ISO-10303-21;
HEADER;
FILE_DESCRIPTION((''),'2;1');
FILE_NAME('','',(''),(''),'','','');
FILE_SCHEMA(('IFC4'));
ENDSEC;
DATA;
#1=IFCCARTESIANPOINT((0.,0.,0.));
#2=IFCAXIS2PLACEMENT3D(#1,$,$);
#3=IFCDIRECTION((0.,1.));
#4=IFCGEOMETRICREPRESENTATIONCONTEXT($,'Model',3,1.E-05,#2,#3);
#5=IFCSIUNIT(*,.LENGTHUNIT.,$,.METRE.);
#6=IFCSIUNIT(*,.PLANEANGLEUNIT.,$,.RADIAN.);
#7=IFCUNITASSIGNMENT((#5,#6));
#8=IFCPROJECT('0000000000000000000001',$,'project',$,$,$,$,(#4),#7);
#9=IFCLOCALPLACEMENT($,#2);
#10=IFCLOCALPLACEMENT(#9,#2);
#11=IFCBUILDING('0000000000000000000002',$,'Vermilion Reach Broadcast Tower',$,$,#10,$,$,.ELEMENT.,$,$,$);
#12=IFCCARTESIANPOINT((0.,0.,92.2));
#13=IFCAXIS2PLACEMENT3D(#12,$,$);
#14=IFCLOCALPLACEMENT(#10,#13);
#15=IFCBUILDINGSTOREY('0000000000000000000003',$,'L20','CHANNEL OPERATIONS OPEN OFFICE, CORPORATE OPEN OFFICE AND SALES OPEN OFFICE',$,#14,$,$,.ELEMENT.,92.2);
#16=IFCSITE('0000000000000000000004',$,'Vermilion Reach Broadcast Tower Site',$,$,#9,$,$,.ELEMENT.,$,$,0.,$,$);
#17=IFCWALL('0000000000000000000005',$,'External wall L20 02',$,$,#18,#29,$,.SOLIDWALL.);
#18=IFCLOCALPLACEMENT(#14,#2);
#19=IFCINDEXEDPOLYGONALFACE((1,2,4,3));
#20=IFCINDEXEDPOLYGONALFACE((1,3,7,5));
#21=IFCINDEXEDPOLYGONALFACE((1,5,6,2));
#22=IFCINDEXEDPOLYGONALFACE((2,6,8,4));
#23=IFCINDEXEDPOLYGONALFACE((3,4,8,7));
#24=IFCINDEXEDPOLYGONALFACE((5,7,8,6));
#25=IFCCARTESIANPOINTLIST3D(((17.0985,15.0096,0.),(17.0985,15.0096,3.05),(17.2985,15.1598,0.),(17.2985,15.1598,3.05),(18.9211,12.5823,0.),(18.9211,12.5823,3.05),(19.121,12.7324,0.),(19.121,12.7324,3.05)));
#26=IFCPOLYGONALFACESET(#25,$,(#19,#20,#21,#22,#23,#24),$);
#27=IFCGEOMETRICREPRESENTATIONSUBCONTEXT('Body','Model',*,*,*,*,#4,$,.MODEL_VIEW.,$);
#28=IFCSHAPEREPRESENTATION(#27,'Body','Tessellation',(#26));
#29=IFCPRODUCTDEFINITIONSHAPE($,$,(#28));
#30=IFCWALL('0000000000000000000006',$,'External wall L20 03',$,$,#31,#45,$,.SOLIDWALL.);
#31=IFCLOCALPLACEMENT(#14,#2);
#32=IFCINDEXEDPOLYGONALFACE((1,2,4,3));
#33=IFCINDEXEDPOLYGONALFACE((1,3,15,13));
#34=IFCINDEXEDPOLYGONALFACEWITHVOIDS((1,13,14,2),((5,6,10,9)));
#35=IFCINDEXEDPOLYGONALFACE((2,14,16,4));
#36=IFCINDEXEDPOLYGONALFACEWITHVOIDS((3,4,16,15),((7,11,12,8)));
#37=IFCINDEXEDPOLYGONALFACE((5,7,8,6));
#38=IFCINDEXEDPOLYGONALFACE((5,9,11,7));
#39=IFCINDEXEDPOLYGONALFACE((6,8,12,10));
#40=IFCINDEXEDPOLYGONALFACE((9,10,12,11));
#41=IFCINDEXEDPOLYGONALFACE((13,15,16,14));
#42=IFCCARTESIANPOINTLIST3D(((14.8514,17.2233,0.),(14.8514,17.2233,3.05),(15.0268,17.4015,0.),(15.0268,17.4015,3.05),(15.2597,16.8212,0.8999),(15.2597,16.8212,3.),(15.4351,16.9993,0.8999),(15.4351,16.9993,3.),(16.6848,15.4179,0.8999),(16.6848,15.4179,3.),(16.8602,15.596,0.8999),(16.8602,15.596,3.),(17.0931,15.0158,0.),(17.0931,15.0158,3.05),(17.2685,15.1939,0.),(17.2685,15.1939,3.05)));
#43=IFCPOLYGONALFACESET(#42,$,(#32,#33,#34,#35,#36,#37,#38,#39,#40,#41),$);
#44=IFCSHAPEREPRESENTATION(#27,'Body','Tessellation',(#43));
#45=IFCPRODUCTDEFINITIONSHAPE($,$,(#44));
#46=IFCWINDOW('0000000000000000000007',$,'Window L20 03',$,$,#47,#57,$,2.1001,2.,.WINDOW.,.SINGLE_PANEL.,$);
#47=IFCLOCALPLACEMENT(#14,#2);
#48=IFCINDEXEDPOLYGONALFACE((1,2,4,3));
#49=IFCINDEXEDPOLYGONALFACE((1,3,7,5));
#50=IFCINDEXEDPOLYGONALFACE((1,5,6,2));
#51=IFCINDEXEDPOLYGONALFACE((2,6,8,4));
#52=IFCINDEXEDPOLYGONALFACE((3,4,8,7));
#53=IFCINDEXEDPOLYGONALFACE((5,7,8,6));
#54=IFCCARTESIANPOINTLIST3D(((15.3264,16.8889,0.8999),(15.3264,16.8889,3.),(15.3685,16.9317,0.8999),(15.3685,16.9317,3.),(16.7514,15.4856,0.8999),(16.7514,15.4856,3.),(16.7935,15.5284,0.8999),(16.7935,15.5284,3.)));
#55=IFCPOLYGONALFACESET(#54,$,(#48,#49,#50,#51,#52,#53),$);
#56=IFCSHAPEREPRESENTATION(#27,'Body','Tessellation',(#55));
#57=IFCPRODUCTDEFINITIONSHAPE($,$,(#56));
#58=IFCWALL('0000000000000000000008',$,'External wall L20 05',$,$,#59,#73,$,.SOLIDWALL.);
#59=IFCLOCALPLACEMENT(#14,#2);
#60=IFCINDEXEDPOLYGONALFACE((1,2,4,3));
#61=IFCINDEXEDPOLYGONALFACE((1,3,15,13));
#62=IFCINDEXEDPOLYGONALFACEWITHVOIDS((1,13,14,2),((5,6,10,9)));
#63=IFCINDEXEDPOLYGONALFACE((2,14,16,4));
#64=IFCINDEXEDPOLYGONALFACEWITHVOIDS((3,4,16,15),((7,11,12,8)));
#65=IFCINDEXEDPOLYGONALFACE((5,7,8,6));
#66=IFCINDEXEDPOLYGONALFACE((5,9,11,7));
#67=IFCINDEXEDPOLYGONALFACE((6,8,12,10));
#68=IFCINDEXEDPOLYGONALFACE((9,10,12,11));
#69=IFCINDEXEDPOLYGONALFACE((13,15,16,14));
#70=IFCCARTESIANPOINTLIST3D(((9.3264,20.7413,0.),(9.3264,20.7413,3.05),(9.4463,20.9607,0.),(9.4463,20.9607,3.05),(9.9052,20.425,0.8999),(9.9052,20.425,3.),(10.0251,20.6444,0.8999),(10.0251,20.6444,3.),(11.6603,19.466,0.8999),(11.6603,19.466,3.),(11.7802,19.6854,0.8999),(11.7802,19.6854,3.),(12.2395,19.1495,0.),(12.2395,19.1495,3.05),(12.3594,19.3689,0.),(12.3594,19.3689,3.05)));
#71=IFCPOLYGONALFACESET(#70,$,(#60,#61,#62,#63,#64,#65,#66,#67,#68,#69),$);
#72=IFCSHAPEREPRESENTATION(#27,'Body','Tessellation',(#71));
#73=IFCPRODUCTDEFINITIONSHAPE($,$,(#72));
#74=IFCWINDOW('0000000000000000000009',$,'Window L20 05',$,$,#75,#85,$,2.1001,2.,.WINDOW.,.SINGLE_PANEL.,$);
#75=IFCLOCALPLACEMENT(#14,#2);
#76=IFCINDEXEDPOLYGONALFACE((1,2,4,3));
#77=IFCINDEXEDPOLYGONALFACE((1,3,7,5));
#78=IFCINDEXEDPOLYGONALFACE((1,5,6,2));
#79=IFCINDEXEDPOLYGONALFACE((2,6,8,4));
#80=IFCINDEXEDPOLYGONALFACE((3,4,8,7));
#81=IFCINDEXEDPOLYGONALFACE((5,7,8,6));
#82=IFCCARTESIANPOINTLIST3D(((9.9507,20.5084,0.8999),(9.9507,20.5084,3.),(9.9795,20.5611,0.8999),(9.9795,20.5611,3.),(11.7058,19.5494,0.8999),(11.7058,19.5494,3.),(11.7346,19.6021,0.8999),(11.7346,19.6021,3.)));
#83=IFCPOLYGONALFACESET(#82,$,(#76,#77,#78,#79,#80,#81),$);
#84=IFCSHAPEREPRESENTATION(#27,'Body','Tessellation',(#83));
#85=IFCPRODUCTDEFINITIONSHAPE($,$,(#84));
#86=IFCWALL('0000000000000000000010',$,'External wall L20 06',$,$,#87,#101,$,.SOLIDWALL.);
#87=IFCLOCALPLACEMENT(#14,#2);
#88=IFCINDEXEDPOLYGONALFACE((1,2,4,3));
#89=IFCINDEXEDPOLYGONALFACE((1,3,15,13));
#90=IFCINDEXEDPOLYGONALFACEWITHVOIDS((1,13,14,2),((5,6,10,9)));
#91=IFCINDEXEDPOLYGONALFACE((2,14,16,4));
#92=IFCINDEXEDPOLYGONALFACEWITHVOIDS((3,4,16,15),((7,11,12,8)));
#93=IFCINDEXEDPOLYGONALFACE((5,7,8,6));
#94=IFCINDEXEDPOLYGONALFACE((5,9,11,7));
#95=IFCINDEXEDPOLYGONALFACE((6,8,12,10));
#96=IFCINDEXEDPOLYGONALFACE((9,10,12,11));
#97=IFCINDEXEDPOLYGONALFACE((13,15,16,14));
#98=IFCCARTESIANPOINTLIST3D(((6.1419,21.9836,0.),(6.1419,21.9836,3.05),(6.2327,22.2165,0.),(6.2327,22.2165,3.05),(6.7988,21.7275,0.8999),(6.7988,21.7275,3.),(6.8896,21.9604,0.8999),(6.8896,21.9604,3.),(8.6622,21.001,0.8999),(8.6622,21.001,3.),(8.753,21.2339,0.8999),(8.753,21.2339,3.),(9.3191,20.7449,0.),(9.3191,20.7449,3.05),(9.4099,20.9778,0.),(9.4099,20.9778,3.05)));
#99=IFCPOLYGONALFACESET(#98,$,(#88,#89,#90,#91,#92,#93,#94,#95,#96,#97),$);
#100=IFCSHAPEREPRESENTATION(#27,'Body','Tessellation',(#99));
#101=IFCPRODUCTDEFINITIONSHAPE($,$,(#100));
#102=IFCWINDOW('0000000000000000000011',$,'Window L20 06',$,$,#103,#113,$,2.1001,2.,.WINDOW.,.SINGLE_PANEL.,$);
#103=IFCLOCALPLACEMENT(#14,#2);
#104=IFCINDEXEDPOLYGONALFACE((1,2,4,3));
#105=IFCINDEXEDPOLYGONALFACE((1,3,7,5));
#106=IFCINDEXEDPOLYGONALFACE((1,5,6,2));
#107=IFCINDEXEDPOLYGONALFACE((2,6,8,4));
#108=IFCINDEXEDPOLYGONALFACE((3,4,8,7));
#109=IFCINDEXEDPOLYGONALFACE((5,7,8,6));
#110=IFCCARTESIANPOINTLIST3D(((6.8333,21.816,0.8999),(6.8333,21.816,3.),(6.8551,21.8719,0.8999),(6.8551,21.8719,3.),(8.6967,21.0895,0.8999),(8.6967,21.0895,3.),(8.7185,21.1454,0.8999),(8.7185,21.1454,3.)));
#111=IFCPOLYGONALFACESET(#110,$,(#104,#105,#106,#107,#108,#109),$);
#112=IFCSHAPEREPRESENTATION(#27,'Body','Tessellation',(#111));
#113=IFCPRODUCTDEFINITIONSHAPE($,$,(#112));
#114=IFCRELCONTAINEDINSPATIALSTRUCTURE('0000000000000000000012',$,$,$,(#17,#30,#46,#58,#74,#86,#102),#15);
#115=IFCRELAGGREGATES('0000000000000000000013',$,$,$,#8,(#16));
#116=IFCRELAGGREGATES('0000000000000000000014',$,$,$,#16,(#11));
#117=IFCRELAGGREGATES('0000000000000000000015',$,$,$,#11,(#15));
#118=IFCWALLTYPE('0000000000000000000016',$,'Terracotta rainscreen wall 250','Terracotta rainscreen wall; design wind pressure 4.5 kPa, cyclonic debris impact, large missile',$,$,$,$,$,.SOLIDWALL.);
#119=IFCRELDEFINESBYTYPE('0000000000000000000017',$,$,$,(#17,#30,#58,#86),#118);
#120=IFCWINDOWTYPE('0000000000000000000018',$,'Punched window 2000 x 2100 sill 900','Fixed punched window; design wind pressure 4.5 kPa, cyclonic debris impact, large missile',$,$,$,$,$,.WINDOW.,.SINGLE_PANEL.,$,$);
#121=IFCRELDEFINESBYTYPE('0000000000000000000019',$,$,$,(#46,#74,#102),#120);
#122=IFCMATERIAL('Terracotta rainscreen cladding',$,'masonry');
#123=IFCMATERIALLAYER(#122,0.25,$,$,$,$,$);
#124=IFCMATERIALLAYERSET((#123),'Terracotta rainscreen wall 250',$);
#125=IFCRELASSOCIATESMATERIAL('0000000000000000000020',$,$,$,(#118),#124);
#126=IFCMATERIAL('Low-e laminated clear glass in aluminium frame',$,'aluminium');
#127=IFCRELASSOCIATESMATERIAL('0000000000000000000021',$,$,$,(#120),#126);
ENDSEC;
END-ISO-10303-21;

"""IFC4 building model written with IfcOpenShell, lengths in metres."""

from ifc_helpers import new_model, si_unit, direction, frame, frame_2d, origin, place, context, subcontext, project, spatial, rectangle, extrude, material, layer, layer_set, type_object, element, fill, save


model = new_model("IFC4")

# Units and contexts
model_context = context("Model", 3, precision=1e-05, world=origin(), true_north=direction((0.0, 1.0)))
body_context = subcontext(model_context, "Body", "Model", "MODEL_VIEW")
ifc_project = project(units=[si_unit("LENGTHUNIT", "METRE"), si_unit("PLANEANGLEUNIT", "RADIAN")], contexts=[model_context])

# Site, building, storey
site_placement = place(None, origin())
site = spatial("IfcSite", under=ifc_project, at=site_placement, Name="Vermilion Reach Broadcast Tower Site", CompositionType="ELEMENT", RefElevation=0.0)
building_placement = place(site_placement, origin())
building = spatial("IfcBuilding", under=site, at=building_placement, Name="Vermilion Reach Broadcast Tower", CompositionType="ELEMENT")
storey_placement = place(building_placement, frame((0.0, 0.0, 92.2)))
storey = spatial("IfcBuildingStorey", under=building, at=storey_placement, Name="L20", Description="CHANNEL OPERATIONS OPEN OFFICE, CORPORATE OPEN OFFICE AND SALES OPEN OFFICE", CompositionType="ELEMENT", Elevation=92.2)

# Wall
ifc_material_1 = material(Name="Terracotta rainscreen cladding", Category="masonry")
ifc_layer_1 = layer(ifc_material_1, 0.25)
ifc_layer_set_1 = layer_set([ifc_layer_1], Name="Terracotta rainscreen wall 250")
wall_type = type_object("IfcWallType", Name="Terracotta rainscreen wall 250", Description="Terracotta rainscreen wall; design wind pressure 4.5 kPa, cyclonic debris impact, large missile", PredefinedType="SOLIDWALL", material=ifc_layer_set_1)
wall_1_placement = place(storey_placement, frame((19.021, 12.6575, 0.0), z_axis=(0.0, 0.0, 1.0), x_axis=(-0.600437, 0.799672, 0.0)))
element("IfcWall", 1, at=wall_1_placement, inside=storey, type_object=wall_type, Name="External wall L20 02", PredefinedType="SOLIDWALL", context=body_context, shape_type="SweptSolid", body=[
    extrude(rectangle(XDim=3.0354, YDim=0.25, at=frame_2d((1.5176, 0.0))), origin(), (0.0, 0.0, 1.0), 3.05),
])

# Wall, opening, window
wall_2_placement = place(storey_placement, frame((17.1809, 15.1047, 0.0), z_axis=(0.0, 0.0, 1.0), x_axis=(-0.712518, 0.701654, 0.0)))
wall_2 = element("IfcWall", 2, at=wall_2_placement, inside=storey, type_object=wall_type, Name="External wall L20 03", PredefinedType="SOLIDWALL", context=body_context, shape_type="SweptSolid", body=[
    extrude(rectangle(XDim=3.1462, YDim=0.25, at=frame_2d((1.5732, 0.0))), origin(), (0.0, 0.0, 1.0), 3.05),
])
opening_1_placement = place(wall_2_placement, frame((0.5732, 0.0, 0.8999)))
opening_1 = element("IfcOpeningElement", 3, at=opening_1_placement, cuts=wall_2, PredefinedType="OPENING", context=body_context, shape_type="SweptSolid", body=[
    extrude(rectangle(XDim=2.0, YDim=2.1001, at=frame_2d((1.0, 1.05))), frame((0.0, 0.135, 0.0), z_axis=(0.0, -1.0, 0.0), x_axis=(1.0, 0.0, 0.0)), (0.0, 0.0, 1.0), 0.27),
])
ifc_material_2 = material(Name="Low-e laminated clear glass in aluminium frame", Category="aluminium")
window_type = type_object("IfcWindowType", Name="Punched window 2000 x 2100 sill 900", Description="Fixed punched window; design wind pressure 4.5 kPa, cyclonic debris impact, large missile", PartitioningType="SINGLE_PANEL", PredefinedType="WINDOW", material=ifc_material_2)
window_1_placement = place(opening_1_placement, origin())
window_1 = element("IfcWindow", 4, at=window_1_placement, inside=storey, type_object=window_type, Name="Window L20 03", OverallHeight=2.1001, OverallWidth=2.0, PartitioningType="SINGLE_PANEL", PredefinedType="WINDOW", context=body_context, shape_type="SweptSolid", body=[
    extrude(rectangle(XDim=2.0, YDim=2.1001, at=frame_2d((1.0, 1.05))), frame((0.0, 0.03, 0.0), z_axis=(0.0, -1.0, 0.0), x_axis=(1.0, 0.0, 0.0)), (0.0, 0.0, 1.0), 0.0601),
])
fill(opening_1, window_1)

# Walls, openings, windows
wall_3_placement = place(storey_placement, frame((12.2993, 19.2593, 0.0), z_axis=(0.0, 0.0, 1.0), x_axis=(-0.877536, 0.479512, 0.0)))
wall_3 = element("IfcWall", 5, at=wall_3_placement, inside=storey, type_object=wall_type, Name="External wall L20 05", PredefinedType="SOLIDWALL", context=body_context, shape_type="SweptSolid", body=[
    extrude(rectangle(XDim=3.3196, YDim=0.25, at=frame_2d((1.6597, 0.0))), origin(), (0.0, 0.0, 1.0), 3.05),
])
opening_2_placement = place(wall_3_placement, frame((0.6599, 0.0, 0.8999)))
opening_2 = element("IfcOpeningElement", 6, at=opening_2_placement, cuts=wall_3, PredefinedType="OPENING", context=body_context, shape_type="SweptSolid", body=[
    extrude(rectangle(XDim=2.0, YDim=2.1001, at=frame_2d((1.0, 1.05))), frame((0.0, 0.135, 0.0), z_axis=(0.0, -1.0, 0.0), x_axis=(1.0, 0.0, 0.0)), (0.0, 0.0, 1.0), 0.27),
])
window_2_placement = place(opening_2_placement, origin())
window_2 = element("IfcWindow", 7, at=window_2_placement, inside=storey, type_object=window_type, Name="Window L20 05", OverallHeight=2.1001, OverallWidth=2.0, PartitioningType="SINGLE_PANEL", PredefinedType="WINDOW", context=body_context, shape_type="SweptSolid", body=[
    extrude(rectangle(XDim=2.0, YDim=2.1001, at=frame_2d((1.0, 1.05))), frame((0.0, 0.03, 0.0), z_axis=(0.0, -1.0, 0.0), x_axis=(1.0, 0.0, 0.0)), (0.0, 0.0, 1.0), 0.0601),
])
fill(opening_2, window_2)
wall_4_placement = place(storey_placement, frame((9.3645, 20.8613, 0.0), z_axis=(0.0, 0.0, 1.0), x_axis=(-0.93169, 0.363255, 0.0)))
wall_4 = element("IfcWall", 8, at=wall_4_placement, inside=storey, type_object=wall_type, Name="External wall L20 06", PredefinedType="SOLIDWALL", context=body_context, shape_type="SweptSolid", body=[
    extrude(rectangle(XDim=3.4102, YDim=0.25, at=frame_2d((1.7051, 0.0))), origin(), (0.0, 0.0, 1.0), 3.05),
])
opening_3_placement = place(wall_4_placement, frame((0.7051, 0.0, 0.8999)))
opening_3 = element("IfcOpeningElement", 9, at=opening_3_placement, cuts=wall_4, PredefinedType="OPENING", context=body_context, shape_type="SweptSolid", body=[
    extrude(rectangle(XDim=2.0, YDim=2.1001, at=frame_2d((1.0, 1.05))), frame((0.0, 0.135, 0.0), z_axis=(0.0, -1.0, 0.0), x_axis=(1.0, 0.0, 0.0)), (0.0, 0.0, 1.0), 0.27),
])
window_3_placement = place(opening_3_placement, origin())
window_3 = element("IfcWindow", 10, at=window_3_placement, inside=storey, type_object=window_type, Name="Window L20 06", OverallHeight=2.1001, OverallWidth=2.0, PartitioningType="SINGLE_PANEL", PredefinedType="WINDOW", context=body_context, shape_type="SweptSolid", body=[
    extrude(rectangle(XDim=2.0, YDim=2.1001, at=frame_2d((1.0, 1.05))), frame((0.0, 0.03, 0.0), z_axis=(0.0, -1.0, 0.0), x_axis=(1.0, 0.0, 0.0)), (0.0, 0.0, 1.0), 0.0601),
])
fill(opening_3, window_3)

save(model, "model.ifc")
